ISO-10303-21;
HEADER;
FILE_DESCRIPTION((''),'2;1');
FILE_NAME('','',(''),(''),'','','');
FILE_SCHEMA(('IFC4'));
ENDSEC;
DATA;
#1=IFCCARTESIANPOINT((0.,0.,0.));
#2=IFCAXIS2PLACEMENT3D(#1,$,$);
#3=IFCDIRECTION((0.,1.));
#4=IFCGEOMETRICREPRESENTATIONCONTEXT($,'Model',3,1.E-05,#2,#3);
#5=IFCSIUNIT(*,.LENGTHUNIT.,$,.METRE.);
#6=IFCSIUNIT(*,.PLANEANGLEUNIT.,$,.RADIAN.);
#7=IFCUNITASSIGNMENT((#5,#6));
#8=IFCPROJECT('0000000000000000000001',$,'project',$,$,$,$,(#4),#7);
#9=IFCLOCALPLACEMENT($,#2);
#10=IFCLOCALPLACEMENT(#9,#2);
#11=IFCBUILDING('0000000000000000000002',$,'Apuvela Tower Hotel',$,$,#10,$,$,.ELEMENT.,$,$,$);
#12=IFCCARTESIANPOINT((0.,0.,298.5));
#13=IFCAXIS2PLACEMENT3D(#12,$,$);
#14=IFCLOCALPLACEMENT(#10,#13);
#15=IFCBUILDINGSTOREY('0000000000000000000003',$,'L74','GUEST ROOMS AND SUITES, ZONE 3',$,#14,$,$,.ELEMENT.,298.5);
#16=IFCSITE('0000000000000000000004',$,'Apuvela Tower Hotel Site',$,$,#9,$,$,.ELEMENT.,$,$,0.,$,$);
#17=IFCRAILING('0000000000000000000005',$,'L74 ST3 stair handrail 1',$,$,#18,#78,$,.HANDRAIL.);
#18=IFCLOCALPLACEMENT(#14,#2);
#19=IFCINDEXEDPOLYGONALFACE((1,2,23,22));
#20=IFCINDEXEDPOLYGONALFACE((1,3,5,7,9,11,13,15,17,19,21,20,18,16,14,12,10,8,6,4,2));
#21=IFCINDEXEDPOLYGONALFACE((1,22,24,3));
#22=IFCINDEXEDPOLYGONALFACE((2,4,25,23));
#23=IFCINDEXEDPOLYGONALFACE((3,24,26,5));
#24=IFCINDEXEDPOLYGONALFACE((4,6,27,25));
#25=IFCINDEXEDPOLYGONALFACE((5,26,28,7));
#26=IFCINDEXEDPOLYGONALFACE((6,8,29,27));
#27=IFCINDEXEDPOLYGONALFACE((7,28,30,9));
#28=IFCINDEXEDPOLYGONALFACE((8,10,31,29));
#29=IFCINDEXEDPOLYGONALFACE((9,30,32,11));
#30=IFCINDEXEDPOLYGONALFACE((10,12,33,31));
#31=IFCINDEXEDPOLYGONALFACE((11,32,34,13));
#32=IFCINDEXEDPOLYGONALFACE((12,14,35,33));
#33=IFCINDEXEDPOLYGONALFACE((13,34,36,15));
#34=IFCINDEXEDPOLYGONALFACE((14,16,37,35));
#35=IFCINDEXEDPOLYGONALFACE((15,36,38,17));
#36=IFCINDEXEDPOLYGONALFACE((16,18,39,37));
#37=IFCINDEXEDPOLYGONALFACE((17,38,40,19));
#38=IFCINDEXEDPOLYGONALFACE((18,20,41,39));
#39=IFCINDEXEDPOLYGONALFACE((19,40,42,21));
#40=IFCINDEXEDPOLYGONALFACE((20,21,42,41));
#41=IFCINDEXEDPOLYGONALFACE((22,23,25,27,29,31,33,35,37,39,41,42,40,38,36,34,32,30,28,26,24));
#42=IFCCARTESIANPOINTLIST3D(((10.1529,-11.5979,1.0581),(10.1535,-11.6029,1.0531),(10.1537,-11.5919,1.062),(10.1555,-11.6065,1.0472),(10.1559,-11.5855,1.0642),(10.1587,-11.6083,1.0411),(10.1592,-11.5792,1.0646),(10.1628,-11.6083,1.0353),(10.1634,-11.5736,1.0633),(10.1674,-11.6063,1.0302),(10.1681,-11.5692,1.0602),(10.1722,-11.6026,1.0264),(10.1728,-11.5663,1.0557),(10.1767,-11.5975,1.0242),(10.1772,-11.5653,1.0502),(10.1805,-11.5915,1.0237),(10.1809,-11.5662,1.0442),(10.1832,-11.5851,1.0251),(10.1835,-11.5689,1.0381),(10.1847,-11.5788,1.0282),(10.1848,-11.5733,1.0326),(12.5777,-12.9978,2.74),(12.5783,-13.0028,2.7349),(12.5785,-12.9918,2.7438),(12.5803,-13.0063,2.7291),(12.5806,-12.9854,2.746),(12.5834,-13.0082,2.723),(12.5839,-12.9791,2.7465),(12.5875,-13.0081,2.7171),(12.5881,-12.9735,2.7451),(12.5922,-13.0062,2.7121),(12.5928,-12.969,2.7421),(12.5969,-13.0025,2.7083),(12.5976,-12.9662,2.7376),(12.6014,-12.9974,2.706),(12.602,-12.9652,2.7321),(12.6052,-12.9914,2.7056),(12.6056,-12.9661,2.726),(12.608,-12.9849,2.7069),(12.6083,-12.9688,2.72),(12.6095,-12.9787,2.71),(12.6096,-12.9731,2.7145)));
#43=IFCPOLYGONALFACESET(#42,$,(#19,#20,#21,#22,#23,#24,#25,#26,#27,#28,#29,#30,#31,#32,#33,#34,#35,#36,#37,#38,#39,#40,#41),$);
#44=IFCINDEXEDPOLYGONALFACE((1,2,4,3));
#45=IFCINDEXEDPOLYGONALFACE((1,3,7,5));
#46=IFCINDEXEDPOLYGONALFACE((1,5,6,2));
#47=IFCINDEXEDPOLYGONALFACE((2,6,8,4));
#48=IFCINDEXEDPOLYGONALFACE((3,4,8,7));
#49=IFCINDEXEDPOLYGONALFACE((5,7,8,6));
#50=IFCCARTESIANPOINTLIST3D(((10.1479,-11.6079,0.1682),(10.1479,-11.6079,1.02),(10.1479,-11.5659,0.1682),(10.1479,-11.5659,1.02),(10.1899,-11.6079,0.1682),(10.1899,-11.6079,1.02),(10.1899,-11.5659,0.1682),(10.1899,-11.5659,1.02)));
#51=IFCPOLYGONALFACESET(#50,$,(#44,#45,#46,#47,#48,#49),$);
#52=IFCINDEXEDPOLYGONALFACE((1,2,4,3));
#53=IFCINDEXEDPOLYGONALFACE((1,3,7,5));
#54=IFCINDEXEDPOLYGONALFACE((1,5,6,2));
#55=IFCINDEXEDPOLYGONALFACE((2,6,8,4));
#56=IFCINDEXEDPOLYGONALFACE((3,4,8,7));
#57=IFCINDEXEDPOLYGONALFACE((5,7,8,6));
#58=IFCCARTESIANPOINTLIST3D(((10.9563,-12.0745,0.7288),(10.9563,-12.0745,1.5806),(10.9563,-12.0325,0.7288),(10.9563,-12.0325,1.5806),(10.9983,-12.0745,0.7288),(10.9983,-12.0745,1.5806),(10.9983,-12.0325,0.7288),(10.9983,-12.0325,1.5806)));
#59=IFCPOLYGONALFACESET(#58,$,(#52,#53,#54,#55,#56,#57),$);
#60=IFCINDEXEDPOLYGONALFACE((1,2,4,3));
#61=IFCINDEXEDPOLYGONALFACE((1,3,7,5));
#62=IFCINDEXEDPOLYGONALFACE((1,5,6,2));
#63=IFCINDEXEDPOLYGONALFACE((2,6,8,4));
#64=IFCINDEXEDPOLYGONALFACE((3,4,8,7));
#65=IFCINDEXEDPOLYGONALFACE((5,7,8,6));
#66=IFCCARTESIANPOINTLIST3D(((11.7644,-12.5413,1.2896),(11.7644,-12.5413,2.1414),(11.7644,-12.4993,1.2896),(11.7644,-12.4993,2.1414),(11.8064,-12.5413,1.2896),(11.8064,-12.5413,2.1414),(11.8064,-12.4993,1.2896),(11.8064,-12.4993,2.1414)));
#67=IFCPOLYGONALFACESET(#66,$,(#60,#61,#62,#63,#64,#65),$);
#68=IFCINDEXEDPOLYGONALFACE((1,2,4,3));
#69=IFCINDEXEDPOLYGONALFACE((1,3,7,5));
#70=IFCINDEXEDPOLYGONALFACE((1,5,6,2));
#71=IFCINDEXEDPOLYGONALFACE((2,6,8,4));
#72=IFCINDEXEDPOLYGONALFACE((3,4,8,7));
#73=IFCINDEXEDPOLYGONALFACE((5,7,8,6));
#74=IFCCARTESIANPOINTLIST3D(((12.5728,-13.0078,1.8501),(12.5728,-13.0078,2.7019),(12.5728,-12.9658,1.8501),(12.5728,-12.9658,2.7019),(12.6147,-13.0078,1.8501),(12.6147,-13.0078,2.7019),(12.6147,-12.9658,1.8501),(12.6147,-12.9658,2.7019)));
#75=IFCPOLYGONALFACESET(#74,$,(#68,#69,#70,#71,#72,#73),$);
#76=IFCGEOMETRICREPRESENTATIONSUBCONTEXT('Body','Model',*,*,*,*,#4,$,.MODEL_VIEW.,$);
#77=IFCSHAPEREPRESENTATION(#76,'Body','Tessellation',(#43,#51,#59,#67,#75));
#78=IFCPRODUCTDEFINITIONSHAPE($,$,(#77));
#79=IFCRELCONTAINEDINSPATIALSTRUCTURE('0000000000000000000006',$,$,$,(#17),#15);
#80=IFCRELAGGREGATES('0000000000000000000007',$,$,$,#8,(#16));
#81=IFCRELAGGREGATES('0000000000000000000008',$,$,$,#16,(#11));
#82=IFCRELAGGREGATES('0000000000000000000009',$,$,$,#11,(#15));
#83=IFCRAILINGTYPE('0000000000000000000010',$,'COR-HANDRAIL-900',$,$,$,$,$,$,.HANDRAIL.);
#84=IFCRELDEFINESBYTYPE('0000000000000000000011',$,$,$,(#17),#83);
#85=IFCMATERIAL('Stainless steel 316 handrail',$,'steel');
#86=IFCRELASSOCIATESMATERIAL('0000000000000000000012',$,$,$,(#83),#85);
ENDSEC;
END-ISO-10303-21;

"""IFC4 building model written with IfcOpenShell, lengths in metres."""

from ifc_helpers import new_model, si_unit, direction, frame, origin, origin_2d, place, context, subcontext, project, spatial, rectangle, circle, extrude, material, type_object, element, save


model = new_model("IFC4")

# Units and contexts
model_context = context("Model", 3, precision=1e-05, world=origin(), true_north=direction((0.0, 1.0)))
body_context = subcontext(model_context, "Body", "Model", "MODEL_VIEW")
ifc_project = project(units=[si_unit("LENGTHUNIT", "METRE"), si_unit("PLANEANGLEUNIT", "RADIAN")], contexts=[model_context])

# Site, building, storey
site_placement = place(None, origin())
site = spatial("IfcSite", under=ifc_project, at=site_placement, Name="Apuvela Tower Hotel Site", CompositionType="ELEMENT", RefElevation=0.0)
building_placement = place(site_placement, origin())
building = spatial("IfcBuilding", under=site, at=building_placement, Name="Apuvela Tower Hotel", CompositionType="ELEMENT")
storey_placement = place(building_placement, frame((0.0, 0.0, 298.5)))
storey = spatial("IfcBuildingStorey", under=building, at=storey_placement, Name="L74", Description="GUEST ROOMS AND SUITES, ZONE 3", CompositionType="ELEMENT", Elevation=298.5)

# Railing
ifc_material_1 = material(Name="Stainless steel 316 handrail", Category="steel")
railing_type_1 = type_object("IfcRailingType", Name="COR-HANDRAIL-900", PredefinedType="HANDRAIL", material=ifc_material_1)
railing_1_placement = place(storey_placement, frame((10.1689, -11.5869, 0.1682)))
element("IfcRailing", 1, at=railing_1_placement, inside=storey, type_object=railing_type_1, Name="L74 ST3 stair handrail 1", PredefinedType="HANDRAIL", context=body_context, shape_type="SweptSolid", body=[
    extrude(circle(Radius=0.0239, at=origin_2d()), frame((0.0, 0.0, 0.876), z_axis=(0.74239, -0.428601, 0.514934), x_axis=(0.499984, 0.866035, 0.0)), (0.0, 0.0, 1.0), 3.2661),
    extrude(rectangle(XDim=0.042, YDim=0.042, at=origin_2d()), origin(), (0.0, 0.0, 1.0), 0.8518),
    extrude(rectangle(XDim=0.042, YDim=0.042, at=origin_2d()), frame((0.8083, -0.4666, 0.5605)), (0.0, 0.0, 1.0), 0.8518),
    extrude(rectangle(XDim=0.042, YDim=0.042, at=origin_2d()), frame((1.6165, -0.9333, 1.1213)), (0.0, 0.0, 1.0), 0.8518),
    extrude(rectangle(XDim=0.042, YDim=0.042, at=origin_2d()), frame((2.4248, -1.3999, 1.6819)), (0.0, 0.0, 1.0), 0.8518),
])

save(model, "model.ifc")
